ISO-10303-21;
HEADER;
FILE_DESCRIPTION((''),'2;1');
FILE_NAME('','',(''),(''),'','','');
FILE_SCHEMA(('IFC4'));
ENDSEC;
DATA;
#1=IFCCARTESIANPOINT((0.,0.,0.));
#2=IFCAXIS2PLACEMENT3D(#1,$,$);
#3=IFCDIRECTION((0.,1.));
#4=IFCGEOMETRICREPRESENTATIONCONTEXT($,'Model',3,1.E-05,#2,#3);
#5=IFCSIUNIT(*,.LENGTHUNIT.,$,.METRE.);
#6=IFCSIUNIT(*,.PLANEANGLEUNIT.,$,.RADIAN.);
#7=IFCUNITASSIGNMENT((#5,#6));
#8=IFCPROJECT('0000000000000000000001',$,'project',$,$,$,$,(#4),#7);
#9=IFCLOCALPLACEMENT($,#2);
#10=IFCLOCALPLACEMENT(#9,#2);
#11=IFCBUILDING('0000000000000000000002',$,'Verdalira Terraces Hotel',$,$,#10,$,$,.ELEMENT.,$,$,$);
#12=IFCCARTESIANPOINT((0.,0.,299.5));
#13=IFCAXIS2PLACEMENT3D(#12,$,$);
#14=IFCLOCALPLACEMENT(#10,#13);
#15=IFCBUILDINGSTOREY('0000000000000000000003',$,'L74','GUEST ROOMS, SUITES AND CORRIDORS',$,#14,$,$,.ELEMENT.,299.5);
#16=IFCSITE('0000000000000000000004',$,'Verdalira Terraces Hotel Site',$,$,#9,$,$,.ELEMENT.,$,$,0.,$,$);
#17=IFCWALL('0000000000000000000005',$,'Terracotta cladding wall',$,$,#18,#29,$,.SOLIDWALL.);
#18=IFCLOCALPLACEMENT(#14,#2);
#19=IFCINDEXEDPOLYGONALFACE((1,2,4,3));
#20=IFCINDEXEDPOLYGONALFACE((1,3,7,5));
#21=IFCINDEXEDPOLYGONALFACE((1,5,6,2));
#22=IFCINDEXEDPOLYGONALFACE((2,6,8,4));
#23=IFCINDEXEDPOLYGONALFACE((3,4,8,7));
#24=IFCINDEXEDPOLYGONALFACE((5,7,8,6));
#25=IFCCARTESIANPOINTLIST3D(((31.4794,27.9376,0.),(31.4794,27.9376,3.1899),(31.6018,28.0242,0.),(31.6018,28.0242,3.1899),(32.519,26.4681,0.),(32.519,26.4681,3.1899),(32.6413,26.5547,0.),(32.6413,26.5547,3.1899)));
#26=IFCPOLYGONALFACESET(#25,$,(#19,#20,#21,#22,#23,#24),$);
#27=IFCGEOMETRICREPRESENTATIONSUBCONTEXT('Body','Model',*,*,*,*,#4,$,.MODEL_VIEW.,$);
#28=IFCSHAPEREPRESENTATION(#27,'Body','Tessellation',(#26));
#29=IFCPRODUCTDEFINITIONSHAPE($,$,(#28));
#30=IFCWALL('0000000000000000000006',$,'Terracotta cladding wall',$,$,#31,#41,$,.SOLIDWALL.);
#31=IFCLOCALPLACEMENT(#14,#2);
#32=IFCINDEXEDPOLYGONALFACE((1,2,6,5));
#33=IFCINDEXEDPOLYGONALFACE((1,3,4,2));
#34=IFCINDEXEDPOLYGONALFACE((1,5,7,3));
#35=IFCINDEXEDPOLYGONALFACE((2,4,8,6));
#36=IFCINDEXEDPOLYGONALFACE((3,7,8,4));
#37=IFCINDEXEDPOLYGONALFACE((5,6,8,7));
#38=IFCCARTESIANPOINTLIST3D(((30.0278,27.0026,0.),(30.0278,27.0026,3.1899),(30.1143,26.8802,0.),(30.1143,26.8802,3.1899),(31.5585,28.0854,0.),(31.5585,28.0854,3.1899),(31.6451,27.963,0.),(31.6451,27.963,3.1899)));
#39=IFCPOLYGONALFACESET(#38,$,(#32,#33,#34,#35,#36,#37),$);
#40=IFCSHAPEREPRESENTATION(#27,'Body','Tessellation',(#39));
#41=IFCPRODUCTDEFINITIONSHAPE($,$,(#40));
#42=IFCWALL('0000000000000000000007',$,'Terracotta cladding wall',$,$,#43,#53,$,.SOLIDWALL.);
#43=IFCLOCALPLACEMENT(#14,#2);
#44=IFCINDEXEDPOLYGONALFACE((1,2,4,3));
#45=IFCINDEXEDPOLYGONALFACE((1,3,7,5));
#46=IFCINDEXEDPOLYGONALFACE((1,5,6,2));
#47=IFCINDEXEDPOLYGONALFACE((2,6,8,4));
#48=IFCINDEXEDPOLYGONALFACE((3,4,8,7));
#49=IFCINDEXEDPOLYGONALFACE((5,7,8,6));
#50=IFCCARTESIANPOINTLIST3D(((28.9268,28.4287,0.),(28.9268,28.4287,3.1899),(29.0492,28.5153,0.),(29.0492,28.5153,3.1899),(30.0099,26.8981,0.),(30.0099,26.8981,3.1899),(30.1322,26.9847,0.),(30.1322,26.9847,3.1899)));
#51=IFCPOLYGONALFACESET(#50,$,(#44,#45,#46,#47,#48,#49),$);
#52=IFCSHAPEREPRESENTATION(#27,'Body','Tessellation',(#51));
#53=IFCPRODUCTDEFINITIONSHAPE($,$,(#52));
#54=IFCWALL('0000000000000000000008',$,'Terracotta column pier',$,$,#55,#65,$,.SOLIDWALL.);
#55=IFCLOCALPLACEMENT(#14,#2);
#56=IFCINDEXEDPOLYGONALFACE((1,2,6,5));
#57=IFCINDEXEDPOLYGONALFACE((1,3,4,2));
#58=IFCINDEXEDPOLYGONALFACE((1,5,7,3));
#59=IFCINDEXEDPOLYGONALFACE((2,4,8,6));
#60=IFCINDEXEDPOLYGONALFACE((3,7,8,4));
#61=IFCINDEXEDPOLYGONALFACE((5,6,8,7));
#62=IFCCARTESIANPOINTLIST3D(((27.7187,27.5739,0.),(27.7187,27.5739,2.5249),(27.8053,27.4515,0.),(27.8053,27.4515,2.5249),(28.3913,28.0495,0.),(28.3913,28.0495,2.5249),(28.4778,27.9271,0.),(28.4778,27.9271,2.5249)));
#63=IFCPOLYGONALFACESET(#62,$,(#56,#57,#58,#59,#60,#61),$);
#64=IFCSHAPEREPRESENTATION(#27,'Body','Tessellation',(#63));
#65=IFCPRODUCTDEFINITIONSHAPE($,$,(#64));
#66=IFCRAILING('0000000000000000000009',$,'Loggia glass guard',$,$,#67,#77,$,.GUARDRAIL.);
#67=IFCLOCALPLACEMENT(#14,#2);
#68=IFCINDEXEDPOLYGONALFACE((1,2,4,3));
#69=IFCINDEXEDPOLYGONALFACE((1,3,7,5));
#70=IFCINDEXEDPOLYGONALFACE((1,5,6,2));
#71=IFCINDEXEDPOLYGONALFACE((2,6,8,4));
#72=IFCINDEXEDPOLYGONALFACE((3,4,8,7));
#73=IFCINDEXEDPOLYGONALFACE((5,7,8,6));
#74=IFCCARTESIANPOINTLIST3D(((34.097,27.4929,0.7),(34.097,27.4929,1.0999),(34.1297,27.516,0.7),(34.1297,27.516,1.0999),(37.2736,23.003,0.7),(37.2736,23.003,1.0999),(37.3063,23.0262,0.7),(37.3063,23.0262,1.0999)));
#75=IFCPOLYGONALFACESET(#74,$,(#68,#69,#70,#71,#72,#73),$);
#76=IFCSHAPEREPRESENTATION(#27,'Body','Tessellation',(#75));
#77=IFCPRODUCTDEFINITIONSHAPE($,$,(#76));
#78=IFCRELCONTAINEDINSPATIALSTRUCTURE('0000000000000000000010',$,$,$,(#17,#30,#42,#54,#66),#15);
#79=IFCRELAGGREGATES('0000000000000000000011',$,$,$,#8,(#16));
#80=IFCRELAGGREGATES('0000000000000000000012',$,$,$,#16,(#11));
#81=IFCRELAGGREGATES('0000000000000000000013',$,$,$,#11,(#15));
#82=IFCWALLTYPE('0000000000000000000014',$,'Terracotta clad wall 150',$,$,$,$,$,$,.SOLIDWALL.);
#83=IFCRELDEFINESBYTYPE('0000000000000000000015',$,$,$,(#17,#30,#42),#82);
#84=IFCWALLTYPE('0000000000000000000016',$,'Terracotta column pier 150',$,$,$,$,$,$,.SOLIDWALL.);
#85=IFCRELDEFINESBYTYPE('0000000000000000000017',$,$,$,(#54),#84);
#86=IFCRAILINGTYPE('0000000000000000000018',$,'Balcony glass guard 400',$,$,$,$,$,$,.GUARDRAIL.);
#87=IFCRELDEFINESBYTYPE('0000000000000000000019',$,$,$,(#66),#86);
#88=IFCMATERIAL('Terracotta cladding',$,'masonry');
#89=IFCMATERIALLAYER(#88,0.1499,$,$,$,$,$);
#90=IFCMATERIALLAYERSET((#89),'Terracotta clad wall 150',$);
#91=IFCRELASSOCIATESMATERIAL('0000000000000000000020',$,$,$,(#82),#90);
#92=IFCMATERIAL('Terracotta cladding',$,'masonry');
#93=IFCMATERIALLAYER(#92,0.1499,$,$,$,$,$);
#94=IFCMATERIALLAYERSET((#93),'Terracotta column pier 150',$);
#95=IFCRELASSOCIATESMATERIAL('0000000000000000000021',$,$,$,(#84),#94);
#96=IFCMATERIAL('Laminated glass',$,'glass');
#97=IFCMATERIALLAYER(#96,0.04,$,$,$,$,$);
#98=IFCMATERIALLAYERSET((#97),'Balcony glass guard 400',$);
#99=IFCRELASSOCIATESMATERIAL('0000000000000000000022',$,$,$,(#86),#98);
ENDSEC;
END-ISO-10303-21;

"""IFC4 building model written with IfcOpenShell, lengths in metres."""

from ifc_helpers import new_model, si_unit, direction, frame, frame_2d, origin, origin_2d, place, context, subcontext, project, spatial, rectangle, extrude, material, layer, layer_set, type_object, element, save


model = new_model("IFC4")

# Units and contexts
model_context = context("Model", 3, precision=1e-05, world=origin(), true_north=direction((0.0, 1.0)))
body_context = subcontext(model_context, "Body", "Model", "MODEL_VIEW")
ifc_project = project(units=[si_unit("LENGTHUNIT", "METRE"), si_unit("PLANEANGLEUNIT", "RADIAN")], contexts=[model_context])

# Site, building, storey
site_placement = place(None, origin())
site = spatial("IfcSite", under=ifc_project, at=site_placement, Name="Verdalira Terraces Hotel Site", CompositionType="ELEMENT", RefElevation=0.0)
building_placement = place(site_placement, origin())
building = spatial("IfcBuilding", under=site, at=building_placement, Name="Verdalira Terraces Hotel", CompositionType="ELEMENT")
storey_placement = place(building_placement, frame((0.0, 0.0, 299.5)))
storey = spatial("IfcBuildingStorey", under=building, at=storey_placement, Name="L74", Description="GUEST ROOMS, SUITES AND CORRIDORS", CompositionType="ELEMENT", Elevation=299.5)

# Walls
ifc_material_1 = material(Name="Terracotta cladding", Category="masonry")
ifc_layer_1 = layer(ifc_material_1, 0.1499)
ifc_layer_set_1 = layer_set([ifc_layer_1], Name="Terracotta clad wall 150")
wall_type_1 = type_object("IfcWallType", Name="Terracotta clad wall 150", PredefinedType="SOLIDWALL", material=ifc_layer_set_1)
wall_1_placement = place(storey_placement, frame((32.5801, 26.5115, 0.0), z_axis=(0.0, 0.0, 1.0), x_axis=(-0.577524, 0.816374, 0.0)))
element("IfcWall", 1, at=wall_1_placement, inside=storey, type_object=wall_type_1, Name="Terracotta cladding wall", PredefinedType="SOLIDWALL", context=body_context, shape_type="SweptSolid", body=[
    extrude(rectangle(XDim=1.8, YDim=0.1499, at=frame_2d((0.8999, 0.0))), origin(), (0.0, 0.0, 1.0), 3.1899),
])
for number, where, z_axis, x_axis, name in (
    (2, (31.6018, 28.0242, 0.0), (0.0, 0.0, 1.0), (-0.816408, -0.577475, 0.0), "Terracotta cladding wall"),
    (3, (30.071, 26.9414, 0.0), (0.0, 0.0, 1.0), (-0.577623, 0.816303, 0.0), "Terracotta cladding wall"),
):
    element("IfcWall", number, at=place(storey_placement, frame(where, z_axis=z_axis, x_axis=x_axis)), inside=storey, type_object=wall_type_1, Name=name, PredefinedType="SOLIDWALL", context=body_context, shape_type="SweptSolid", body=[
        extrude(rectangle(XDim=1.875, YDim=0.1499, at=frame_2d((0.9375, 0.0))), origin(), (0.0, 0.0, 1.0), 3.1899),
    ])
ifc_material_2 = material(Name="Terracotta cladding", Category="masonry")
ifc_layer_2 = layer(ifc_material_2, 0.1499)
ifc_layer_set_2 = layer_set([ifc_layer_2], Name="Terracotta column pier 150")
wall_type_2 = type_object("IfcWallType", Name="Terracotta column pier 150", PredefinedType="SOLIDWALL", material=ifc_layer_set_2)
wall_2_placement = place(storey_placement, frame((28.4346, 27.9883, 0.0), z_axis=(0.0, 0.0, 1.0), x_axis=(-0.816508, -0.577335, 0.0)))
element("IfcWall", 4, at=wall_2_placement, inside=storey, type_object=wall_type_2, Name="Terracotta column pier", PredefinedType="SOLIDWALL", context=body_context, shape_type="SweptSolid", body=[
    extrude(rectangle(XDim=0.8237, YDim=0.1499, at=frame_2d((0.4119, 0.0))), origin(), (0.0, 0.0, 1.0), 2.5249),
])

# Railing
ifc_material_3 = material(Name="Laminated glass", Category="glass")
ifc_layer_3 = layer(ifc_material_3, 0.04)
ifc_layer_set_3 = layer_set([ifc_layer_3], Name="Balcony glass guard 400")
railing_type = type_object("IfcRailingType", Name="Balcony glass guard 400", PredefinedType="GUARDRAIL", material=ifc_layer_set_3)
railing_placement = place(storey_placement, frame((35.7017, 25.2595, 0.7), z_axis=(0.0, 0.0, 1.0), x_axis=(-0.577573, 0.816339, 0.0)))
element("IfcRailing", 5, at=railing_placement, inside=storey, type_object=railing_type, Name="Loggia glass guard", PredefinedType="GUARDRAIL", context=body_context, shape_type="SweptSolid", body=[
    extrude(rectangle(XDim=5.5, YDim=0.04, at=origin_2d()), origin(), (0.0, 0.0, 1.0), 0.3999),
])

save(model, "model.ifc")
